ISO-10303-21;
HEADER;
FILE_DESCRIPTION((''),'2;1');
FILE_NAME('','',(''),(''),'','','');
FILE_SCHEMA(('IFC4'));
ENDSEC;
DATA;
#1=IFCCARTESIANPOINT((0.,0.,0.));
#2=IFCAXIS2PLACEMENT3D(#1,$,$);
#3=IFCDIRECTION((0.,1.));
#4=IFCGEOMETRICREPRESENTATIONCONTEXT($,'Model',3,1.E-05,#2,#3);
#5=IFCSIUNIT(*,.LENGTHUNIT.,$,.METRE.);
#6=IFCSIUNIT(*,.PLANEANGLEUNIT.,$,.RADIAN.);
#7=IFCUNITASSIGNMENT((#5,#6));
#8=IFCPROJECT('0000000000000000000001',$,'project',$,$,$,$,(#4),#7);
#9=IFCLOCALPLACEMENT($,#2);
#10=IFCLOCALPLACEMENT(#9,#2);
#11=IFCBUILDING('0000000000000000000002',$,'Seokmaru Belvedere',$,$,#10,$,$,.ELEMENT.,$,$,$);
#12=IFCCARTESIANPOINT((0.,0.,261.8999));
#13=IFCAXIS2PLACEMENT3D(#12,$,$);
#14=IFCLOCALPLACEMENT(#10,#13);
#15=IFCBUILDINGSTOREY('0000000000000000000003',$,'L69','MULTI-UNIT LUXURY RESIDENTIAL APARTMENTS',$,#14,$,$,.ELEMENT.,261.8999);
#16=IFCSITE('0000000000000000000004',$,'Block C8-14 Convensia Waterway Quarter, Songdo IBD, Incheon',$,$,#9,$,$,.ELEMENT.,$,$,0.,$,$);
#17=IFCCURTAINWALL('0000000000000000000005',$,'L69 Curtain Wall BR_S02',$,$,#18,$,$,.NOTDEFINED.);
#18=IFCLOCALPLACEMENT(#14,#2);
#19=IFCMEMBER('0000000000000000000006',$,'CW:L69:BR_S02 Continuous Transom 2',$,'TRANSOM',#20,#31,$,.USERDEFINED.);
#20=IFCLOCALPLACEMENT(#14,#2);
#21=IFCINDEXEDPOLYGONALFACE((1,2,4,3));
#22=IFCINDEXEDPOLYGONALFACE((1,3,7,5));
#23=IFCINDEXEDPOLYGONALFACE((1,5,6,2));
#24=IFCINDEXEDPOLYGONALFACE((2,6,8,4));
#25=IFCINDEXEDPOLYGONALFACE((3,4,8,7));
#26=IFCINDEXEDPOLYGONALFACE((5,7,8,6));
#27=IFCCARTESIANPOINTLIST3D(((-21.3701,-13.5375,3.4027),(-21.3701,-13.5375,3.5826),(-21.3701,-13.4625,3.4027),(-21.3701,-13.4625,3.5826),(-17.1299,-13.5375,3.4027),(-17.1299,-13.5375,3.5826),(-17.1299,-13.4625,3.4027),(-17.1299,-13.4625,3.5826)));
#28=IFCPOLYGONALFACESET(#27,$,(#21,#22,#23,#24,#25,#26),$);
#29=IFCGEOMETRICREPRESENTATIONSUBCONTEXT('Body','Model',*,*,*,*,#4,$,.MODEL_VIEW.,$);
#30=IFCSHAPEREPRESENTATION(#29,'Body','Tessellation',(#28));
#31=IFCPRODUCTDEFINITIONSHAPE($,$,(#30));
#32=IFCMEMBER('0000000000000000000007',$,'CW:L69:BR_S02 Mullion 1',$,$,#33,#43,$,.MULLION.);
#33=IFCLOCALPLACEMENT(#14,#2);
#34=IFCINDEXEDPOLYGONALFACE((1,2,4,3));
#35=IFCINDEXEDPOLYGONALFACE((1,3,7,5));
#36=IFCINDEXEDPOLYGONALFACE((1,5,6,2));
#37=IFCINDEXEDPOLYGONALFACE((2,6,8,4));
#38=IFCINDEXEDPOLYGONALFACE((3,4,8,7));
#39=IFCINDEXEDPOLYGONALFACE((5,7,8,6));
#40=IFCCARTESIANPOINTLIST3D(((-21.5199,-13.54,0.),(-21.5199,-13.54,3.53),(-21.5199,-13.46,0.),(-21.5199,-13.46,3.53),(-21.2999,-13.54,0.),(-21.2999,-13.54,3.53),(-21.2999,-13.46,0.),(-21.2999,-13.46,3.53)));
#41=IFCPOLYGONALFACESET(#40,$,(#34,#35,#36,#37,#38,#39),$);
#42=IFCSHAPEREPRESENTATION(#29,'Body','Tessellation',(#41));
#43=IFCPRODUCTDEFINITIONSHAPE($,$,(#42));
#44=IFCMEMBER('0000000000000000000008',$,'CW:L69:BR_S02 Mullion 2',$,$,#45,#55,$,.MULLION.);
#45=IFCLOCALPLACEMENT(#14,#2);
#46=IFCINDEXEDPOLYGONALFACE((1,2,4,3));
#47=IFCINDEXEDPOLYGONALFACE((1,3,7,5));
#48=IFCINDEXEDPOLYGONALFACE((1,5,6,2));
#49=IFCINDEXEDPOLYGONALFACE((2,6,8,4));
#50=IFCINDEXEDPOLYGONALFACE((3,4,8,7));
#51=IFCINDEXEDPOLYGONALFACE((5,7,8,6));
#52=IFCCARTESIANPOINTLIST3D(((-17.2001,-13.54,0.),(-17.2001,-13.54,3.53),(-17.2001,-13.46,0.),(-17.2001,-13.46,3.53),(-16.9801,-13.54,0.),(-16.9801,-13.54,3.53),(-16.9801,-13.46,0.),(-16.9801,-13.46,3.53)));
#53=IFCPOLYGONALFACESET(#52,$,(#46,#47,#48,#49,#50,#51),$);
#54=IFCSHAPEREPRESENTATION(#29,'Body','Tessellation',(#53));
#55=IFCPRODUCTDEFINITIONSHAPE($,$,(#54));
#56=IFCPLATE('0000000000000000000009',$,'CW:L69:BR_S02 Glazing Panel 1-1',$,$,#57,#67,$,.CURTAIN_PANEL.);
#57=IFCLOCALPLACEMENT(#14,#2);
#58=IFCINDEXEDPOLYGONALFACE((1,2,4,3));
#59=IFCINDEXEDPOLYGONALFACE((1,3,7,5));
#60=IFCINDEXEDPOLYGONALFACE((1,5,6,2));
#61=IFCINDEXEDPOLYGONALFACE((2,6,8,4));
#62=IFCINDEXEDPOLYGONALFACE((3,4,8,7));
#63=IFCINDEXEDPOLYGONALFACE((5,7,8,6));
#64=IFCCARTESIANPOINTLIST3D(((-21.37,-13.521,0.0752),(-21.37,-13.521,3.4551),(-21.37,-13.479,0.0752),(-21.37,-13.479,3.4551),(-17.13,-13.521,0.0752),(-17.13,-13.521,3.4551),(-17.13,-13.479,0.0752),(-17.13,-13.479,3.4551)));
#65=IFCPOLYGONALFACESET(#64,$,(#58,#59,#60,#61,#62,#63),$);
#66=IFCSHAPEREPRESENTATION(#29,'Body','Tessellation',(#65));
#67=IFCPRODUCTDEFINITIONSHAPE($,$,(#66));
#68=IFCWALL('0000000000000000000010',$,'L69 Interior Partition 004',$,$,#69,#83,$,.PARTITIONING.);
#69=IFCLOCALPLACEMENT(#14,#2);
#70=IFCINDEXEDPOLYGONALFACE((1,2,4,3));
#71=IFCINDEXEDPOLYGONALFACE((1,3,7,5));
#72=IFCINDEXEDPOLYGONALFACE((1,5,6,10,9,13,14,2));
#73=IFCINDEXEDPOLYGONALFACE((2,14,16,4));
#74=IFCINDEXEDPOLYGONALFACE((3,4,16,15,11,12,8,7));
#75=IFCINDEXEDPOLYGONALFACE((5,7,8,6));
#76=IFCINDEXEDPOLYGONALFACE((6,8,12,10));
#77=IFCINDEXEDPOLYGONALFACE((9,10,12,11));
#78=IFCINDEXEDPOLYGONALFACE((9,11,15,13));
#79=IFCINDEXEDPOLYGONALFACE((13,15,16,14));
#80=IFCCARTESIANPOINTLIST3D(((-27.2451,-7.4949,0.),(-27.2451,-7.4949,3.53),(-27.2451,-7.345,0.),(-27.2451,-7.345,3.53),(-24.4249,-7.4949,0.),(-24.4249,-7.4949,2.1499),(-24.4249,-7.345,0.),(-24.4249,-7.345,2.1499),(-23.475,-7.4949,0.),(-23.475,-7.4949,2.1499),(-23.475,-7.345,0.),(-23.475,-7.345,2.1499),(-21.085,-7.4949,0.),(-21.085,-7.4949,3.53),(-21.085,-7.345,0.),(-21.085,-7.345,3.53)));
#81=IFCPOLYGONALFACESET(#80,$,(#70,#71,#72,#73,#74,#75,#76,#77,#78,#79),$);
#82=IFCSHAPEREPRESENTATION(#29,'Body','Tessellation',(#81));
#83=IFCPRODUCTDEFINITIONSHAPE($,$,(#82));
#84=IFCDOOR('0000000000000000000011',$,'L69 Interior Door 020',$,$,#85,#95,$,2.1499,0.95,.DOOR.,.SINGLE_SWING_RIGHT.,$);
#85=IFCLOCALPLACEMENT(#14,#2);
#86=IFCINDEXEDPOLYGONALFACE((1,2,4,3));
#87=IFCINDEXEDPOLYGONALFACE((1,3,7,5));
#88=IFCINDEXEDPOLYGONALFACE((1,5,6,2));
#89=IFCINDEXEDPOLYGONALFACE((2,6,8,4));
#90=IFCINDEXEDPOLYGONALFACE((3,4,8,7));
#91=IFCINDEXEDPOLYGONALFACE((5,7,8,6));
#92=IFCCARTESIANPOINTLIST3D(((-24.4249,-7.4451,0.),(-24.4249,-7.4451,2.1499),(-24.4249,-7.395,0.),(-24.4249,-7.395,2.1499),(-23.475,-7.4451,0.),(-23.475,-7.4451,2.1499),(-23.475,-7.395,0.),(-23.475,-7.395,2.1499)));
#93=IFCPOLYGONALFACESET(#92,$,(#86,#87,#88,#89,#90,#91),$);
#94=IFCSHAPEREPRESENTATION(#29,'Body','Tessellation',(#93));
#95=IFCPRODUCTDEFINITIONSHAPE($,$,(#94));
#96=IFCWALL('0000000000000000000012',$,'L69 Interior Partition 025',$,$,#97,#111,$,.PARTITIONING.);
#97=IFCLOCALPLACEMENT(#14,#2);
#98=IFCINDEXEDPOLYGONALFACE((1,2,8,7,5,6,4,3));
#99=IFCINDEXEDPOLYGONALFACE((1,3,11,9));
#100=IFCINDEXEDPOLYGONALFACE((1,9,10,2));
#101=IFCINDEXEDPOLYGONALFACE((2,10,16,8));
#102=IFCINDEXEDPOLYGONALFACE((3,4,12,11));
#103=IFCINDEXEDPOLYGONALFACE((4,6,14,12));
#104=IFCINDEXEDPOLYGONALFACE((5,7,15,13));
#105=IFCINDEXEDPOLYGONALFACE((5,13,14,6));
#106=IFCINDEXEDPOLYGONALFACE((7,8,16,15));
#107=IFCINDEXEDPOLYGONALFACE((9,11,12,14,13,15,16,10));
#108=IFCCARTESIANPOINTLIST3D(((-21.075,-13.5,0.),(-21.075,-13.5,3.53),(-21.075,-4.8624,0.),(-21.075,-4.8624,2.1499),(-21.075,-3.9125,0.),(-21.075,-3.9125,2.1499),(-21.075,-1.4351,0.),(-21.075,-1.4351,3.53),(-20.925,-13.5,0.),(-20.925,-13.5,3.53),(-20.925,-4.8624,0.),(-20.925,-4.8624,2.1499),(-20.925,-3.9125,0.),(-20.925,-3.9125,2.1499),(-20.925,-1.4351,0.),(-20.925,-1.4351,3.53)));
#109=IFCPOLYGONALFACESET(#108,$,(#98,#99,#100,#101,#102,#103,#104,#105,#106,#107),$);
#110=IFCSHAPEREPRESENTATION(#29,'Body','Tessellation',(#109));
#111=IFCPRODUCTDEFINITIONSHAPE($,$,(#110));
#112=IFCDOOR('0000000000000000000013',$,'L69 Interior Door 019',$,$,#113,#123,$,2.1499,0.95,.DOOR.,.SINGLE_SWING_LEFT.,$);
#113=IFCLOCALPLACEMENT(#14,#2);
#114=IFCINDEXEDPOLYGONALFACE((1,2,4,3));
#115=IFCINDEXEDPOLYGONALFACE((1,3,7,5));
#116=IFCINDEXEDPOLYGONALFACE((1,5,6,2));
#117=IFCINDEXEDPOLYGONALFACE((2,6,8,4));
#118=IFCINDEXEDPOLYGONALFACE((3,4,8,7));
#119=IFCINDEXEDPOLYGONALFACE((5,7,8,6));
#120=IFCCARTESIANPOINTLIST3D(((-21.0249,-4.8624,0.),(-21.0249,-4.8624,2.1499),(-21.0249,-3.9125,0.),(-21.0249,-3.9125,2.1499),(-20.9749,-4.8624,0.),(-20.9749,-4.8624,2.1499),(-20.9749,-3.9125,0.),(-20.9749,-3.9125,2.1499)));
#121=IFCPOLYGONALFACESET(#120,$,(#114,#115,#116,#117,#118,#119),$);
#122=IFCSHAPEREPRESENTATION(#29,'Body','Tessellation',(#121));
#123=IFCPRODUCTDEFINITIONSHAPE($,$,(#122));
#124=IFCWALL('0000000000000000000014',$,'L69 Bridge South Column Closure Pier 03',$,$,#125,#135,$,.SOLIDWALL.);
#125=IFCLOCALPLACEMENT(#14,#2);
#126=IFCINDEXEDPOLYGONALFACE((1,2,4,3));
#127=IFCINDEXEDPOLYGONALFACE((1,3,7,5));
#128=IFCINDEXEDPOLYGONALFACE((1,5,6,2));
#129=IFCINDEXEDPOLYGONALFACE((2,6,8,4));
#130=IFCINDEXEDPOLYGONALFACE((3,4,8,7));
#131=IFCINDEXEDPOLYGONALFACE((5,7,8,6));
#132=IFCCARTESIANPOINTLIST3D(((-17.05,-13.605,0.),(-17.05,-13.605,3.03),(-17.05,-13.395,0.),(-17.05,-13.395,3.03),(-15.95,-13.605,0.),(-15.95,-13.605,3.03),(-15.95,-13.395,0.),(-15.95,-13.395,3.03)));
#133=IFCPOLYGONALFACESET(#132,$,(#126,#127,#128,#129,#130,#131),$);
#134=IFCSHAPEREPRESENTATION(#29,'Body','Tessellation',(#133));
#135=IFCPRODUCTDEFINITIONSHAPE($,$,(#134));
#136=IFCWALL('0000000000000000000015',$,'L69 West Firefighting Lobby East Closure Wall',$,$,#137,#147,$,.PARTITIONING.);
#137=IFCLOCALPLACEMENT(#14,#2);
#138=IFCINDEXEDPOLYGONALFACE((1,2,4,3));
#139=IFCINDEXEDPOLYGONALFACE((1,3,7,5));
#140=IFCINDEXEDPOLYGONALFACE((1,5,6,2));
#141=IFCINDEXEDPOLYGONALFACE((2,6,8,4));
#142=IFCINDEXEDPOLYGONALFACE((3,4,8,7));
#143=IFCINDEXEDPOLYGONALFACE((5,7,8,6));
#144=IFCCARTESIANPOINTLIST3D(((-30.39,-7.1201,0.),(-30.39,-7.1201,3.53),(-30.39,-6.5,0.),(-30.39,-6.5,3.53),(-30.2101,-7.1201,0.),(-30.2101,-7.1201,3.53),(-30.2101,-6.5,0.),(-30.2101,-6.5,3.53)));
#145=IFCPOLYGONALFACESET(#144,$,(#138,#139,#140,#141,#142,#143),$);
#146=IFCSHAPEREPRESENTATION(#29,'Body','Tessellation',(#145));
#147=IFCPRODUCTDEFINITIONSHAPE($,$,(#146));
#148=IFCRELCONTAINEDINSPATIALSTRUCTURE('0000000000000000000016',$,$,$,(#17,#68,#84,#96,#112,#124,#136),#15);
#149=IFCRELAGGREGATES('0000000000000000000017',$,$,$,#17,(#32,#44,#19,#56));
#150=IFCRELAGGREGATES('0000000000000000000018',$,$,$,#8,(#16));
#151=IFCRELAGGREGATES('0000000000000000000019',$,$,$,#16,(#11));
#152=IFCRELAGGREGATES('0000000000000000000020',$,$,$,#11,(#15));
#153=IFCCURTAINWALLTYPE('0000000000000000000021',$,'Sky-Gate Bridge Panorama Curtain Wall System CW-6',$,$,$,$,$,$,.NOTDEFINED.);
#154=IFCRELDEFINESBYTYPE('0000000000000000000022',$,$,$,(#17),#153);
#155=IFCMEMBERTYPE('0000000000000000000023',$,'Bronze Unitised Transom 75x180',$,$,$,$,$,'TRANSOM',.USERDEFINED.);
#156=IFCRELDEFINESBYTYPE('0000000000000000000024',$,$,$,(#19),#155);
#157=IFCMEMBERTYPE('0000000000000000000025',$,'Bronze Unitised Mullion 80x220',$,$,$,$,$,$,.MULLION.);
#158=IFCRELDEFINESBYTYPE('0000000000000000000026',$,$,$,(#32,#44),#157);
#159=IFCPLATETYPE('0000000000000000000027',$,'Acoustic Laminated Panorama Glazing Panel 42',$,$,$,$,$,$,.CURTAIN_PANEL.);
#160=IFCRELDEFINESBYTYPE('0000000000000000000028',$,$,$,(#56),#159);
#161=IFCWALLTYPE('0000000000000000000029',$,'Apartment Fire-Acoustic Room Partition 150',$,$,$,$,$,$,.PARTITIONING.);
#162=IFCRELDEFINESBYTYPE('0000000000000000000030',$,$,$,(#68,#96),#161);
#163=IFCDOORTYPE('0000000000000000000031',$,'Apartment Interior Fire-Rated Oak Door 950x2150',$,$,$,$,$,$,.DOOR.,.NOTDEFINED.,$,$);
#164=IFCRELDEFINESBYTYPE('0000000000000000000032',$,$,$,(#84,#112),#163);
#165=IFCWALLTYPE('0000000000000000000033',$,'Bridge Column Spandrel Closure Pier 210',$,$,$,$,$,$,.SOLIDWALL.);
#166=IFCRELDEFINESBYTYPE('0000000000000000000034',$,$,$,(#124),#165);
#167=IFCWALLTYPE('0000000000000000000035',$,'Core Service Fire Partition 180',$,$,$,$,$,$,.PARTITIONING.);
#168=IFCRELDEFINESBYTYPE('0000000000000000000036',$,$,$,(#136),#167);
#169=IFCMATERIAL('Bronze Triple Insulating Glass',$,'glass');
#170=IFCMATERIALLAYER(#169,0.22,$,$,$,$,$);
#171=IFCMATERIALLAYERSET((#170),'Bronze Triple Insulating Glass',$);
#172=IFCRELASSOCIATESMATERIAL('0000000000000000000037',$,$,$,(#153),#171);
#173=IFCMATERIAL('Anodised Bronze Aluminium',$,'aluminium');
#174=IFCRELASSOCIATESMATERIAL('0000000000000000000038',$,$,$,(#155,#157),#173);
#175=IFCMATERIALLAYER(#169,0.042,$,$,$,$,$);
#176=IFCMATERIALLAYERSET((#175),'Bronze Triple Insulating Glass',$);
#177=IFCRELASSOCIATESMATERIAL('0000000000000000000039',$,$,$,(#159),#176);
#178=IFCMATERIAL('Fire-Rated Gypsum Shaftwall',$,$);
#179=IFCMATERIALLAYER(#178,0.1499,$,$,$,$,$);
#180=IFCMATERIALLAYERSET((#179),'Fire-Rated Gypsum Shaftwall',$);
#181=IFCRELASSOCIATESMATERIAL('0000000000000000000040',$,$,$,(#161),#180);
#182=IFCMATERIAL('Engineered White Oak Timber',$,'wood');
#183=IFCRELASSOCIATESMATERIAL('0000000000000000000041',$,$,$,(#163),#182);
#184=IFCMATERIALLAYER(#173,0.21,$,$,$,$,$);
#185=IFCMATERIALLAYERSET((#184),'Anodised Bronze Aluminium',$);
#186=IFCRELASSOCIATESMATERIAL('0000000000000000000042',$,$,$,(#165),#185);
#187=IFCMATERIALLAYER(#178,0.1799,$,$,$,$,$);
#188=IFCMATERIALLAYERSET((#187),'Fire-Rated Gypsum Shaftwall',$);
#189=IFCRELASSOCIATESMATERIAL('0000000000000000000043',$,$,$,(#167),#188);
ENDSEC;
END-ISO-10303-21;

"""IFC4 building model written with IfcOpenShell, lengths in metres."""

from ifc_helpers import new_model, si_unit, direction, frame, frame_2d, origin, origin_2d, place, context, subcontext, project, spatial, rectangle, extrude, source, transform, mapped, material, layer, layer_set, material_profile, profile_set, type_object, type_shapes, element, fill, aggregate, save


model = new_model("IFC4")

# Units and contexts
model_context = context("Model", 3, precision=1e-05, world=origin(), true_north=direction((0.0, 1.0)))
body_context = subcontext(model_context, "Body", "Model", "MODEL_VIEW")
ifc_project = project(units=[si_unit("LENGTHUNIT", "METRE"), si_unit("PLANEANGLEUNIT", "RADIAN")], contexts=[model_context])

# Site, building, storey
site_placement = place(None, origin())
site = spatial("IfcSite", under=ifc_project, at=site_placement, Name="Block C8-14 Convensia Waterway Quarter, Songdo IBD, Incheon", CompositionType="ELEMENT", RefElevation=0.0)
building_placement = place(site_placement, origin())
building = spatial("IfcBuilding", under=site, at=building_placement, Name="Seokmaru Belvedere", CompositionType="ELEMENT")
storey_placement = place(building_placement, frame((0.0, 0.0, 261.8999)))
storey = spatial("IfcBuildingStorey", under=building, at=storey_placement, Name="L69", Description="MULTI-UNIT LUXURY RESIDENTIAL APARTMENTS", CompositionType="ELEMENT", Elevation=261.8999)

# Curtain wall, members, plate
ifc_material_1 = material(Name="Bronze Triple Insulating Glass", Category="glass")
ifc_layer_1 = layer(ifc_material_1, 0.22)
ifc_layer_set_1 = layer_set([ifc_layer_1], Name="Bronze Triple Insulating Glass")
curtain_wall_type = type_object("IfcCurtainWallType", Name="Sky-Gate Bridge Panorama Curtain Wall System CW-6", PredefinedType="NOTDEFINED", material=ifc_layer_set_1)
curtain_wall_placement = place(storey_placement, origin())
curtain_wall = element("IfcCurtainWall", 1, at=curtain_wall_placement, inside=storey, type_object=curtain_wall_type, Name="L69 Curtain Wall BR_S02", PredefinedType="NOTDEFINED")
ifc_material_2 = material(Name="Anodised Bronze Aluminium", Category="aluminium")
ifc_material_profile_1 = material_profile(ifc_material_2, rectangle(XDim=0.075, YDim=0.1799, at=origin_2d()), Name="CW-T-75x180")
ifc_profile_set_1 = profile_set([ifc_material_profile_1], Name="Anodised Bronze Aluminium")
member_type_1 = type_object("IfcMemberType", Name="Bronze Unitised Transom 75x180", ElementType="TRANSOM", PredefinedType="USERDEFINED", material=ifc_profile_set_1)
shared_shape_1 = source(origin(), body_context, "Body", "SweptSolid", [
    extrude(rectangle(XDim=0.075, YDim=0.1799, at=origin_2d()), origin(), (0.0, 0.0, 1.0), 4.2402),
])
type_shapes(member_type_1, [shared_shape_1])
member_1_placement = place(storey_placement, frame((-21.3701, -13.5, 3.4927), z_axis=(1.0, 0.0, 0.0), x_axis=(0.0, 1.0, 0.0)))
member_1 = element("IfcMember", 2, at=member_1_placement, type_object=member_type_1, Name="CW:L69:BR_S02 Continuous Transom 2", ObjectType="TRANSOM", PredefinedType="USERDEFINED", context=body_context, shape_type="MappedRepresentation", body=[
    mapped(shared_shape_1, transform((0.0, 0.0, 0.0), scale=1.0)),
])
ifc_material_profile_2 = material_profile(ifc_material_2, rectangle(XDim=0.0801, YDim=0.22, at=origin_2d()), Name="CW-M-80x220")
ifc_profile_set_2 = profile_set([ifc_material_profile_2], Name="Anodised Bronze Aluminium")
member_type_2 = type_object("IfcMemberType", Name="Bronze Unitised Mullion 80x220", PredefinedType="MULLION", material=ifc_profile_set_2)
shared_shape_2 = source(origin(), body_context, "Body", "SweptSolid", [
    extrude(rectangle(XDim=0.0801, YDim=0.22, at=origin_2d()), origin(), (0.0, 0.0, 1.0), 3.53),
])
type_shapes(member_type_2, [shared_shape_2])
member_2_placement = place(storey_placement, frame((-21.4099, -13.5, 0.0), z_axis=(0.0, 0.0, 1.0), x_axis=(0.0, 1.0, 0.0)))
member_2 = element("IfcMember", 3, at=member_2_placement, type_object=member_type_2, Name="CW:L69:BR_S02 Mullion 1", PredefinedType="MULLION", context=body_context, shape_type="MappedRepresentation", body=[
    mapped(shared_shape_2, transform((0.0, 0.0, 0.0), scale=1.0)),
])
member_3_placement = place(storey_placement, frame((-17.0901, -13.5, 0.0), z_axis=(0.0, 0.0, 1.0), x_axis=(0.0, 1.0, 0.0)))
member_3 = element("IfcMember", 4, at=member_3_placement, type_object=member_type_2, Name="CW:L69:BR_S02 Mullion 2", PredefinedType="MULLION", context=body_context, shape_type="MappedRepresentation", body=[
    mapped(shared_shape_2, transform((0.0, 0.0, 0.0), scale=1.0)),
])
ifc_layer_2 = layer(ifc_material_1, 0.042)
ifc_layer_set_2 = layer_set([ifc_layer_2], Name="Bronze Triple Insulating Glass")
plate_type = type_object("IfcPlateType", Name="Acoustic Laminated Panorama Glazing Panel 42", PredefinedType="CURTAIN_PANEL", material=ifc_layer_set_2)
shared_shape_3 = source(origin(), body_context, "Body", "SweptSolid", [
    extrude(rectangle(XDim=4.24, YDim=0.042, at=origin_2d()), origin(), (0.0, 0.0, 1.0), 3.3799),
])
type_shapes(plate_type, [shared_shape_3])
plate_placement = place(storey_placement, frame((-19.25, -13.5, 0.0752), z_axis=(0.0, 0.0, 1.0), x_axis=(1.0, 0.0, 0.0)))
plate = element("IfcPlate", 5, at=plate_placement, type_object=plate_type, Name="CW:L69:BR_S02 Glazing Panel 1-1", PredefinedType="CURTAIN_PANEL", context=body_context, shape_type="MappedRepresentation", body=[
    mapped(shared_shape_3, transform((0.0, 0.0, 0.0), scale=1.0)),
])
aggregate(curtain_wall, [member_2, member_3, member_1, plate])

# Walls, openings, doors
ifc_material_3 = material(Name="Fire-Rated Gypsum Shaftwall")
ifc_layer_3 = layer(ifc_material_3, 0.1499)
ifc_layer_set_3 = layer_set([ifc_layer_3], Name="Fire-Rated Gypsum Shaftwall")
wall_type_1 = type_object("IfcWallType", Name="Apartment Fire-Acoustic Room Partition 150", PredefinedType="PARTITIONING", material=ifc_layer_set_3)
wall_1_placement = place(storey_placement, frame((-27.2451, -7.4199, 0.0), z_axis=(0.0, 0.0, 1.0), x_axis=(1.0, 0.0, 0.0)))
wall_1 = element("IfcWall", 6, at=wall_1_placement, inside=storey, type_object=wall_type_1, Name="L69 Interior Partition 004", PredefinedType="PARTITIONING", context=body_context, shape_type="SweptSolid", body=[
    extrude(rectangle(XDim=6.1602, YDim=0.1499, at=frame_2d((3.0801, 0.0))), origin(), (0.0, 0.0, 1.0), 3.53),
])
opening_1_placement = place(wall_1_placement, frame((2.8201, 0.0, 0.0)))
opening_1 = element("IfcOpeningElement", 7, at=opening_1_placement, cuts=wall_1, PredefinedType="OPENING", context=body_context, shape_type="SweptSolid", body=[
    extrude(rectangle(XDim=0.95, YDim=2.1499, at=frame_2d((0.4751, 1.075))), frame((0.0, 0.085, 0.0), z_axis=(0.0, -1.0, 0.0), x_axis=(1.0, 0.0, 0.0)), (0.0, 0.0, 1.0), 0.1699),
])
ifc_material_4 = material(Name="Engineered White Oak Timber", Category="wood")
door_type_1 = type_object("IfcDoorType", Name="Apartment Interior Fire-Rated Oak Door 950x2150", OperationType="NOTDEFINED", PredefinedType="DOOR", material=ifc_material_4)
shared_shape_4 = source(origin(), body_context, "Body", "SweptSolid", [
    extrude(rectangle(XDim=0.95, YDim=2.1499, at=frame_2d((0.4751, 1.075))), frame((0.0, 0.0249, 0.0), z_axis=(0.0, -1.0, 0.0), x_axis=(1.0, 0.0, 0.0)), (0.0, 0.0, 1.0), 0.05),
])
type_shapes(door_type_1, [shared_shape_4])
door_1_placement = place(opening_1_placement, origin())
door_1 = element("IfcDoor", 8, at=door_1_placement, inside=storey, type_object=door_type_1, Name="L69 Interior Door 020", OperationType="SINGLE_SWING_RIGHT", OverallHeight=2.1499, OverallWidth=0.95, PredefinedType="DOOR", context=body_context, shape_type="MappedRepresentation", body=[
    mapped(shared_shape_4, transform((0.0, 0.0, 0.0), scale=1.0)),
])
fill(opening_1, door_1)
wall_2_placement = place(storey_placement, frame((-21.0, -13.5, 0.0), z_axis=(0.0, 0.0, 1.0), x_axis=(0.0, 1.0, 0.0)))
wall_2 = element("IfcWall", 9, at=wall_2_placement, inside=storey, type_object=wall_type_1, Name="L69 Interior Partition 025", PredefinedType="PARTITIONING", context=body_context, shape_type="SweptSolid", body=[
    extrude(rectangle(XDim=12.0649, YDim=0.1499, at=frame_2d((6.0325, 0.0))), origin(), (0.0, 0.0, 1.0), 3.53),
])
opening_2_placement = place(wall_2_placement, frame((8.6375, 0.0, 0.0)))
opening_2 = element("IfcOpeningElement", 10, at=opening_2_placement, cuts=wall_2, PredefinedType="OPENING", context=body_context, shape_type="SweptSolid", body=[
    extrude(rectangle(XDim=0.95, YDim=2.1499, at=frame_2d((0.4751, 1.075))), frame((0.0, 0.085, 0.0), z_axis=(0.0, -1.0, 0.0), x_axis=(1.0, 0.0, 0.0)), (0.0, 0.0, 1.0), 0.1699),
])
door_2_placement = place(opening_2_placement, origin())
door_2 = element("IfcDoor", 11, at=door_2_placement, inside=storey, type_object=door_type_1, Name="L69 Interior Door 019", OperationType="SINGLE_SWING_LEFT", OverallHeight=2.1499, OverallWidth=0.95, PredefinedType="DOOR", context=body_context, shape_type="MappedRepresentation", body=[
    mapped(shared_shape_4, transform((0.0, 0.0, 0.0), scale=1.0)),
])
fill(opening_2, door_2)

# Walls
ifc_layer_4 = layer(ifc_material_2, 0.21)
ifc_layer_set_4 = layer_set([ifc_layer_4], Name="Anodised Bronze Aluminium")
wall_type_2 = type_object("IfcWallType", Name="Bridge Column Spandrel Closure Pier 210", PredefinedType="SOLIDWALL", material=ifc_layer_set_4)
wall_3_placement = place(storey_placement, frame((-17.05, -13.5, 0.0), z_axis=(0.0, 0.0, 1.0), x_axis=(1.0, 0.0, 0.0)))
element("IfcWall", 12, at=wall_3_placement, inside=storey, type_object=wall_type_2, Name="L69 Bridge South Column Closure Pier 03", PredefinedType="SOLIDWALL", context=body_context, shape_type="SweptSolid", body=[
    extrude(rectangle(XDim=1.1001, YDim=0.21, at=frame_2d((0.55, 0.0))), origin(), (0.0, 0.0, 1.0), 3.03),
])
ifc_layer_5 = layer(ifc_material_3, 0.1799)
ifc_layer_set_5 = layer_set([ifc_layer_5], Name="Fire-Rated Gypsum Shaftwall")
wall_type_3 = type_object("IfcWallType", Name="Core Service Fire Partition 180", PredefinedType="PARTITIONING", material=ifc_layer_set_5)
wall_4_placement = place(storey_placement, frame((-30.3, -7.1201, 0.0), z_axis=(0.0, 0.0, 1.0), x_axis=(0.0, 1.0, 0.0)))
element("IfcWall", 13, at=wall_4_placement, inside=storey, type_object=wall_type_3, Name="L69 West Firefighting Lobby East Closure Wall", PredefinedType="PARTITIONING", context=body_context, shape_type="SweptSolid", body=[
    extrude(rectangle(XDim=0.6201, YDim=0.1799, at=frame_2d((0.3101, 0.0))), origin(), (0.0, 0.0, 1.0), 3.53),
])

save(model, "model.ifc")
